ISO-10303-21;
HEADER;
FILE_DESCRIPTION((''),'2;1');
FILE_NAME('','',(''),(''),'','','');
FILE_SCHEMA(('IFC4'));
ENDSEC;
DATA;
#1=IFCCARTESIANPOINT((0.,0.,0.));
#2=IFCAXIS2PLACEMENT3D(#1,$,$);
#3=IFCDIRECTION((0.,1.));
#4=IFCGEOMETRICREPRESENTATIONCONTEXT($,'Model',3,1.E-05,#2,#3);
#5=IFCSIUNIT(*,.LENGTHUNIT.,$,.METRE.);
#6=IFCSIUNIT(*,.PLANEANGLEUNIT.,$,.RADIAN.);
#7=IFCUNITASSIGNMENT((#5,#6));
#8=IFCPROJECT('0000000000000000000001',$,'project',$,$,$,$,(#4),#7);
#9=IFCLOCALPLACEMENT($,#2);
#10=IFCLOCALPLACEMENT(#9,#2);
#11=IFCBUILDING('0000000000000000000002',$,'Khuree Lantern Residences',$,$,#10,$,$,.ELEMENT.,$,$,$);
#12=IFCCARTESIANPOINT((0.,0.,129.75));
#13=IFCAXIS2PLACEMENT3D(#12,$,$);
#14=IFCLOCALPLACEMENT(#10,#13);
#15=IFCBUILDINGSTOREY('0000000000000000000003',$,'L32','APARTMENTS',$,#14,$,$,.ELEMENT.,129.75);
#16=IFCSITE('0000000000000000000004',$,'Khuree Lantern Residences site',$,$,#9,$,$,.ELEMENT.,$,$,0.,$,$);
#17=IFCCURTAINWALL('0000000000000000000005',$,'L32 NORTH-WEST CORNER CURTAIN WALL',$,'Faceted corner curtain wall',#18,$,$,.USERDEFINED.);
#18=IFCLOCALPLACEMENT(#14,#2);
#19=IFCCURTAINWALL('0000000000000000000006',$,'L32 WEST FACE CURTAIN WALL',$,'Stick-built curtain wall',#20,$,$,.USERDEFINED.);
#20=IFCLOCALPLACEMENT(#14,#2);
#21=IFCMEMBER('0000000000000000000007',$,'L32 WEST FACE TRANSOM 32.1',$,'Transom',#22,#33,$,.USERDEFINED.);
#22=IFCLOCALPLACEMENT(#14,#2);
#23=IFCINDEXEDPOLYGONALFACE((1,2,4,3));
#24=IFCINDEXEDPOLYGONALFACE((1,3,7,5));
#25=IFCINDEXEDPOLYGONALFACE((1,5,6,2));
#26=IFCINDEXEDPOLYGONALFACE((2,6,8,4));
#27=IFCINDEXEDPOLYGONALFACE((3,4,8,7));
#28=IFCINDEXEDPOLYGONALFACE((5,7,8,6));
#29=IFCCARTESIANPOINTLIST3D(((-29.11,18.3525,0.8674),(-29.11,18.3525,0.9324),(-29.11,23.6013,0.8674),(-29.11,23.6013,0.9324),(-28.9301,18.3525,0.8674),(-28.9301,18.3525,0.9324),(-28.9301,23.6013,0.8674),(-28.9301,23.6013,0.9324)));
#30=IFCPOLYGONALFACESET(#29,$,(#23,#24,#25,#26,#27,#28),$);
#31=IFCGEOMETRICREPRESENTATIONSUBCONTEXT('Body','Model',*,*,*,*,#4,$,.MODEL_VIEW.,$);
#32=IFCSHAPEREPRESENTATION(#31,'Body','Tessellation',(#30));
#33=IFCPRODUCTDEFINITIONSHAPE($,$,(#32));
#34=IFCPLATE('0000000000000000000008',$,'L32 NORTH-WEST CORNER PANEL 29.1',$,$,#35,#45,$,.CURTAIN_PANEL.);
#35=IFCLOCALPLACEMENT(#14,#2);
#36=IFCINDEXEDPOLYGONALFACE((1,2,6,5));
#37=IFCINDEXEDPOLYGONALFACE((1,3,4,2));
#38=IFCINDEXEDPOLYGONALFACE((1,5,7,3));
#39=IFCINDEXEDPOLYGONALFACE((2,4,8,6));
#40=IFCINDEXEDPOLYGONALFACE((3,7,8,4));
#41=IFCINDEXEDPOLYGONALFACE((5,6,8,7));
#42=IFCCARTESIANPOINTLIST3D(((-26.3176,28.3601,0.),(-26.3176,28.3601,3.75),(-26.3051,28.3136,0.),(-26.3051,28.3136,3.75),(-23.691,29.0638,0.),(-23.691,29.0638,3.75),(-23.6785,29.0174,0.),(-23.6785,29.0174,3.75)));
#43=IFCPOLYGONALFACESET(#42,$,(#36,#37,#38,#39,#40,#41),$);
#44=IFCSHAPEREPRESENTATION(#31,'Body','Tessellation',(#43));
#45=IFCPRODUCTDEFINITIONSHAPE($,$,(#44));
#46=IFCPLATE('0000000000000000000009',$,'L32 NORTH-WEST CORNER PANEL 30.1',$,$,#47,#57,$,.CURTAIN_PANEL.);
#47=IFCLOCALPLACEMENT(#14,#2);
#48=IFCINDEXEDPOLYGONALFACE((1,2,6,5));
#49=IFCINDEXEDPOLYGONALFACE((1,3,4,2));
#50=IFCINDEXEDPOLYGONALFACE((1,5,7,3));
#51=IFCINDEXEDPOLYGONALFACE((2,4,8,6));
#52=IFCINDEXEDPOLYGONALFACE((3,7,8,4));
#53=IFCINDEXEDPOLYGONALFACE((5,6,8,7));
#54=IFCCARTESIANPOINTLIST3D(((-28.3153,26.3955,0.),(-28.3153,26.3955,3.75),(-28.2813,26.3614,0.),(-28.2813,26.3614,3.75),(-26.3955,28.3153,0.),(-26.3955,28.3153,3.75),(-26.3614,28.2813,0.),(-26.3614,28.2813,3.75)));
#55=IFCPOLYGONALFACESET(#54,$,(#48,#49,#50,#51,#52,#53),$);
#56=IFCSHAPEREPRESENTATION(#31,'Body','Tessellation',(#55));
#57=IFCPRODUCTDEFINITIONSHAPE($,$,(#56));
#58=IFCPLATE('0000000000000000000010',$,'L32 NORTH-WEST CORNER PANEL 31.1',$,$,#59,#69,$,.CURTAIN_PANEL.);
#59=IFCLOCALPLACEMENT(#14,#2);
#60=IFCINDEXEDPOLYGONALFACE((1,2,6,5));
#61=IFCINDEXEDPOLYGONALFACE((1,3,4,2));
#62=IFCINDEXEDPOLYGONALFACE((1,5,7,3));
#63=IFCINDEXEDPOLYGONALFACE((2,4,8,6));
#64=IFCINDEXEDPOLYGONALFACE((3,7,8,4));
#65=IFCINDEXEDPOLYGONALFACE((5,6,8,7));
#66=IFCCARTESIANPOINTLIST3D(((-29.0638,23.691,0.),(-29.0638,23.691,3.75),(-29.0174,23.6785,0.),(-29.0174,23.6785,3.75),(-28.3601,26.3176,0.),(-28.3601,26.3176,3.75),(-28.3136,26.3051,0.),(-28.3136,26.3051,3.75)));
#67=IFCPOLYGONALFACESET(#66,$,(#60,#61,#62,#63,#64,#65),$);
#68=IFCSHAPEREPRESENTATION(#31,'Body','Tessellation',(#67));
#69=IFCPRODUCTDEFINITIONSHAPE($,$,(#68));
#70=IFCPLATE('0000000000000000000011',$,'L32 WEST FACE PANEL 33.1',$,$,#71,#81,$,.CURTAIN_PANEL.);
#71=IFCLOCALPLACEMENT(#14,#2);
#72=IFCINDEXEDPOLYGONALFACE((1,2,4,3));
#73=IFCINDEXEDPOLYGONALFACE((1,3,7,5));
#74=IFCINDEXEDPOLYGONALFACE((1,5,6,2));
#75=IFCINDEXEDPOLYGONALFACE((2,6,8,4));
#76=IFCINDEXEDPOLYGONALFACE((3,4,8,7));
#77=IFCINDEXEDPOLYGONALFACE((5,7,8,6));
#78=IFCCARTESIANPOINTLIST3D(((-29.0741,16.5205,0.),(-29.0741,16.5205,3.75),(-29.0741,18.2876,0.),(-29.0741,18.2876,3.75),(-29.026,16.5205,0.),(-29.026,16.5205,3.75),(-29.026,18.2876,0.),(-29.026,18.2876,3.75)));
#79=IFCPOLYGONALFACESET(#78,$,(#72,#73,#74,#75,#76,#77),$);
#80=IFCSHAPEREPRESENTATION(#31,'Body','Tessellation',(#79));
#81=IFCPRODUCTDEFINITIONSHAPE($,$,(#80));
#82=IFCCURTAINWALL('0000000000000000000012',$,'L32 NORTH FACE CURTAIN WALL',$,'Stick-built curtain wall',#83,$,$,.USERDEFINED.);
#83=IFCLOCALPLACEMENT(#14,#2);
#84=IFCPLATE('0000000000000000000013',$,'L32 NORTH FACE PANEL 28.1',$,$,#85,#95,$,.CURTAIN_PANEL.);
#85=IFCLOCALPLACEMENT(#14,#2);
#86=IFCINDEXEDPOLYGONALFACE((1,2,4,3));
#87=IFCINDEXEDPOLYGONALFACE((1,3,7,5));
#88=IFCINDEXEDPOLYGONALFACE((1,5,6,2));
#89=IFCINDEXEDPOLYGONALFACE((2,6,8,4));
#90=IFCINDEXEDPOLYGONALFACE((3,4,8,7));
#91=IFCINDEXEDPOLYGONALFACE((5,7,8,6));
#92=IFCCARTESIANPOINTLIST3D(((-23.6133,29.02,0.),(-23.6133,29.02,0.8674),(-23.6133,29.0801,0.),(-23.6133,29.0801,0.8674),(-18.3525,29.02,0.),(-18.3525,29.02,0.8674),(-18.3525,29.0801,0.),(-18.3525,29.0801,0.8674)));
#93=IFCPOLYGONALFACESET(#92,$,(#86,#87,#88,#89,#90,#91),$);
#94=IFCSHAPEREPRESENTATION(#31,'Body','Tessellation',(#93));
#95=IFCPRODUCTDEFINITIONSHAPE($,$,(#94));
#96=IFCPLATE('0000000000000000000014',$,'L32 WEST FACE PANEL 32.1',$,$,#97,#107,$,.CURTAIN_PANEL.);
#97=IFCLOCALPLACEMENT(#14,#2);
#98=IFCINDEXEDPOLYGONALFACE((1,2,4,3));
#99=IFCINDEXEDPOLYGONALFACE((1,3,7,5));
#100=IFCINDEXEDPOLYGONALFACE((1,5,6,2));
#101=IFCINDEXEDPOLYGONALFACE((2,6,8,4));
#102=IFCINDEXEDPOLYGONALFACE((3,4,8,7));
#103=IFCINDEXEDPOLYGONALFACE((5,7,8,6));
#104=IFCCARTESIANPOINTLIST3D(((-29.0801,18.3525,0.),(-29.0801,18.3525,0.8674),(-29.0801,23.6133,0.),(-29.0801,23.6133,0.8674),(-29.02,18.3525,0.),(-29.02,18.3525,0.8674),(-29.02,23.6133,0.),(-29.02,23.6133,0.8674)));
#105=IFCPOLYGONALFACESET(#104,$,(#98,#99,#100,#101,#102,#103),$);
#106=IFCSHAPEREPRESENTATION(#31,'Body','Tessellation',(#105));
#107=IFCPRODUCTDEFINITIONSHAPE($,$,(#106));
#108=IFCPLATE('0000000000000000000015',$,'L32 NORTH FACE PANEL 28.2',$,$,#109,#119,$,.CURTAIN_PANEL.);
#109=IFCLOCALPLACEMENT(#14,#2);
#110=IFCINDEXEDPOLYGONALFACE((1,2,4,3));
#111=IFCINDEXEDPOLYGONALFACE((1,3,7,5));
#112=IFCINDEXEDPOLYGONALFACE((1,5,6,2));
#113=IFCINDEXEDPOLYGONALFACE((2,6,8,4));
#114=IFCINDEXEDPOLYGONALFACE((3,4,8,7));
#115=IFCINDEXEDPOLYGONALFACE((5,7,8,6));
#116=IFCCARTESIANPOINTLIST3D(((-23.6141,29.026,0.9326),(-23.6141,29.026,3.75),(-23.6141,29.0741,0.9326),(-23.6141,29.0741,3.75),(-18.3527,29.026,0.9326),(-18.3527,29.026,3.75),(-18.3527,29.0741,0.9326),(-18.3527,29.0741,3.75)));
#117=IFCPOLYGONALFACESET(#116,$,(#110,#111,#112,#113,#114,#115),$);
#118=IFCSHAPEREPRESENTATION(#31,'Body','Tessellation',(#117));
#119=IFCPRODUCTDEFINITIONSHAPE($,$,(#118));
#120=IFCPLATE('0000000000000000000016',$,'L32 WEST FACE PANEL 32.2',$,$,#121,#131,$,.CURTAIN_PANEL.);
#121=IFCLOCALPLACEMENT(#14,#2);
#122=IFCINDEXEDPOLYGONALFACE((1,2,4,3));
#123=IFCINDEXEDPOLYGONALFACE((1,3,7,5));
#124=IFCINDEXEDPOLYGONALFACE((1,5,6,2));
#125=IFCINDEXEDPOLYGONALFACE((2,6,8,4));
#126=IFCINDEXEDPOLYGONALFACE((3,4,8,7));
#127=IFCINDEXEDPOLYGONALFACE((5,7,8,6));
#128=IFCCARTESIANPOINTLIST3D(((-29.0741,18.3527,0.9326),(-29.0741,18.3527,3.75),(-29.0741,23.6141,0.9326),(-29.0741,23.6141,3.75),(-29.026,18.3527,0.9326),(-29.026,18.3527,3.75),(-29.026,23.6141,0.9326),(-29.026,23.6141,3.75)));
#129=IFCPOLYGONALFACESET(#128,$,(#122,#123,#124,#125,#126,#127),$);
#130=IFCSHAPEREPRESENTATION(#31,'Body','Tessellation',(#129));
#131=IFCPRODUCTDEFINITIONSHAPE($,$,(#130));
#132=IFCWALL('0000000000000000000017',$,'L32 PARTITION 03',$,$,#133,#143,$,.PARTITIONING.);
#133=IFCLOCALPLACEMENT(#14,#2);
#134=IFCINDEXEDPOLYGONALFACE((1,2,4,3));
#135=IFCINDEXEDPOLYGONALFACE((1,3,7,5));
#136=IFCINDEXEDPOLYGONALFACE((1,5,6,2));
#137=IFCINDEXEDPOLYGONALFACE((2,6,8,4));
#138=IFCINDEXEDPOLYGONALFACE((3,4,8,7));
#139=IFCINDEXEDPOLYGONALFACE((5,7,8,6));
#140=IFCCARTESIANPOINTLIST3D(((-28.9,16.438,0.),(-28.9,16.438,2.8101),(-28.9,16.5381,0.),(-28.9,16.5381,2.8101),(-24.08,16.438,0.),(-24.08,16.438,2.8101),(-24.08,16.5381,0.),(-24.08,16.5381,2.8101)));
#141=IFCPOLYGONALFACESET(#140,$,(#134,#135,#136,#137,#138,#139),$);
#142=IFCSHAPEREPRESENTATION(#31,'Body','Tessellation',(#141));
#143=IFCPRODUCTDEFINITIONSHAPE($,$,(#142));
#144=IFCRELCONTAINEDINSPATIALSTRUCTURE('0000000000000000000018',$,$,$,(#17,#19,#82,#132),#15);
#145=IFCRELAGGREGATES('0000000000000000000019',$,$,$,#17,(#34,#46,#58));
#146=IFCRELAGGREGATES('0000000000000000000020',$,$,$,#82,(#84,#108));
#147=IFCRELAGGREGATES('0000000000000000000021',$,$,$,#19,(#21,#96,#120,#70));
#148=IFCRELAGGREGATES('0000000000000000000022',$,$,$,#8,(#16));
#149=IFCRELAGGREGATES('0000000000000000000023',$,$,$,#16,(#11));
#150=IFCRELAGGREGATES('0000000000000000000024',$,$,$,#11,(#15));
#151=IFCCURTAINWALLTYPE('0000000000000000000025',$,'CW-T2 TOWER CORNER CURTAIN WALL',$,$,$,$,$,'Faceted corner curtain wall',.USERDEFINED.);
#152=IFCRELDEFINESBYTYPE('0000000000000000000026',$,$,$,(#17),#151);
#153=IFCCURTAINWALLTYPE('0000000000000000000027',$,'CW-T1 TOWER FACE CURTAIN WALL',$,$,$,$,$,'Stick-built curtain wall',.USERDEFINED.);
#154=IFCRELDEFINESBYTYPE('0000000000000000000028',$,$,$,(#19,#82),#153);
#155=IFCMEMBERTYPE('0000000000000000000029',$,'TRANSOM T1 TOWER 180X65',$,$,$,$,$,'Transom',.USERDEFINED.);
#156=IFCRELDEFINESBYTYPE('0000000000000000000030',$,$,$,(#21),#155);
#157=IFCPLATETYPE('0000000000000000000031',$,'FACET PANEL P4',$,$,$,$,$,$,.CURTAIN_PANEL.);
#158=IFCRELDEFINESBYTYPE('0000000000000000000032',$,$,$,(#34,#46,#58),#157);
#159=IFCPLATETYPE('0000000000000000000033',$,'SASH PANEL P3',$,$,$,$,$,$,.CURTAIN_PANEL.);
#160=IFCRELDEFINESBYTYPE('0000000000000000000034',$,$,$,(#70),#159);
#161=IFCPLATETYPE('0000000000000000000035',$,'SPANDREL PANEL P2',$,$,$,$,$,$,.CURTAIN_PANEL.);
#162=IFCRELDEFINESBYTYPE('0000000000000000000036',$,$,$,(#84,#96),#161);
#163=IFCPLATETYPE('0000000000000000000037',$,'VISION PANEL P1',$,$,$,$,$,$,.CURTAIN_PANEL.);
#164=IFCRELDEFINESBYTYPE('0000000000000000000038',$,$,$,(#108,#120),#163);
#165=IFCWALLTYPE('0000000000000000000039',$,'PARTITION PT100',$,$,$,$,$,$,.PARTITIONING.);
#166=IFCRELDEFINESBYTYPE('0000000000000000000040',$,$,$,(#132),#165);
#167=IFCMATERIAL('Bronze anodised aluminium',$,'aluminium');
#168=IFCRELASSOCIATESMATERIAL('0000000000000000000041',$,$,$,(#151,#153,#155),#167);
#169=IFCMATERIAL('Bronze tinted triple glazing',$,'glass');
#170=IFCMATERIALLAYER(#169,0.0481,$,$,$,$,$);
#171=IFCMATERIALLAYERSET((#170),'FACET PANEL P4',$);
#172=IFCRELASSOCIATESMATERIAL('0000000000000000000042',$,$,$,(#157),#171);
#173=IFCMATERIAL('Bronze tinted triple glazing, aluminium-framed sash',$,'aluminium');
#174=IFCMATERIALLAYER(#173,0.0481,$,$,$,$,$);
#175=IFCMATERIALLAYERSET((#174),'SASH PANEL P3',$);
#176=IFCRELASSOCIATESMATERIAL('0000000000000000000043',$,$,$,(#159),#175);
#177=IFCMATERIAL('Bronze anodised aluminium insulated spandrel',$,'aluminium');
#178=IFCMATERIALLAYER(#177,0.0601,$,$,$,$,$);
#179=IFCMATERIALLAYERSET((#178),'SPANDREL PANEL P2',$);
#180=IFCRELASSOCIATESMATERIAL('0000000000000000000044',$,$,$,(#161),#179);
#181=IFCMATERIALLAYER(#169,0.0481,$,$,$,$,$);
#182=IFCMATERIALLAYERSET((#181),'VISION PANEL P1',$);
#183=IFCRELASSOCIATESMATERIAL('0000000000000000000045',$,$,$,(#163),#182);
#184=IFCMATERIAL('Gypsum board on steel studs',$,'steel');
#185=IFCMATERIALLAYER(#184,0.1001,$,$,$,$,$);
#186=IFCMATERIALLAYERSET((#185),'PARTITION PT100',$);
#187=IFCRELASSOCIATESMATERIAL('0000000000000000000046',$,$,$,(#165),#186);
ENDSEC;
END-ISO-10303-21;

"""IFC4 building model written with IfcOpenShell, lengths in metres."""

from ifc_helpers import new_model, si_unit, direction, frame, frame_2d, origin, origin_2d, place, context, subcontext, project, spatial, rectangle, extrude, material, layer, layer_set, material_profile, profile_set, type_object, element, aggregate, save


model = new_model("IFC4")

# Units and contexts
model_context = context("Model", 3, precision=1e-05, world=origin(), true_north=direction((0.0, 1.0)))
body_context = subcontext(model_context, "Body", "Model", "MODEL_VIEW")
ifc_project = project(units=[si_unit("LENGTHUNIT", "METRE"), si_unit("PLANEANGLEUNIT", "RADIAN")], contexts=[model_context])

# Site, building, storey
site_placement = place(None, origin())
site = spatial("IfcSite", under=ifc_project, at=site_placement, Name="Khuree Lantern Residences site", CompositionType="ELEMENT", RefElevation=0.0)
building_placement = place(site_placement, origin())
building = spatial("IfcBuilding", under=site, at=building_placement, Name="Khuree Lantern Residences", CompositionType="ELEMENT")
storey_placement = place(building_placement, frame((0.0, 0.0, 129.75)))
storey = spatial("IfcBuildingStorey", under=building, at=storey_placement, Name="L32", Description="APARTMENTS", CompositionType="ELEMENT", Elevation=129.75)

# Curtain walls
ifc_material_1 = material(Name="Bronze anodised aluminium", Category="aluminium")
curtain_wall_type_1 = type_object("IfcCurtainWallType", Name="CW-T2 TOWER CORNER CURTAIN WALL", ElementType="Faceted corner curtain wall", PredefinedType="USERDEFINED", material=ifc_material_1)
curtain_wall_1_placement = place(storey_placement, origin())
curtain_wall_1 = element("IfcCurtainWall", 1, at=curtain_wall_1_placement, inside=storey, type_object=curtain_wall_type_1, Name="L32 NORTH-WEST CORNER CURTAIN WALL", ObjectType="Faceted corner curtain wall", PredefinedType="USERDEFINED")
curtain_wall_type_2 = type_object("IfcCurtainWallType", Name="CW-T1 TOWER FACE CURTAIN WALL", ElementType="Stick-built curtain wall", PredefinedType="USERDEFINED", material=ifc_material_1)
curtain_wall_2_placement = place(storey_placement, origin())
curtain_wall_2 = element("IfcCurtainWall", 2, at=curtain_wall_2_placement, inside=storey, type_object=curtain_wall_type_2, Name="L32 WEST FACE CURTAIN WALL", ObjectType="Stick-built curtain wall", PredefinedType="USERDEFINED")

# Member
ifc_material_profile_1 = material_profile(ifc_material_1, rectangle(XDim=0.1799, YDim=0.0649, at=origin_2d()), Name="T1 180X65")
ifc_profile_set_1 = profile_set([ifc_material_profile_1], Name="Bronze anodised aluminium")
member_type_1 = type_object("IfcMemberType", Name="TRANSOM T1 TOWER 180X65", ElementType="Transom", PredefinedType="USERDEFINED", material=ifc_profile_set_1)
member_1_placement = place(storey_placement, frame((-29.02, 23.6013, 0.8999), z_axis=(0.0, -1.0, 0.0), x_axis=(1.0, 0.0, 0.0)))
member_1 = element("IfcMember", 3, at=member_1_placement, type_object=member_type_1, Name="L32 WEST FACE TRANSOM 32.1", ObjectType="Transom", PredefinedType="USERDEFINED", context=body_context, shape_type="SweptSolid", body=[
    extrude(rectangle(XDim=0.1799, YDim=0.0649, at=origin_2d()), origin(), (0.0, 0.0, 1.0), 5.2488),
])

# Plates
ifc_material_2 = material(Name="Bronze tinted triple glazing", Category="glass")
ifc_layer_1 = layer(ifc_material_2, 0.0481)
ifc_layer_set_1 = layer_set([ifc_layer_1], Name="FACET PANEL P4")
plate_type_1 = type_object("IfcPlateType", Name="FACET PANEL P4", PredefinedType="CURTAIN_PANEL", material=ifc_layer_set_1)
plate_1_placement = place(storey_placement, frame((-24.998, 28.6887, 0.0), z_axis=(0.0, 0.0, 1.0), x_axis=(-0.965926, -0.258819, 0.0)))
plate_1 = element("IfcPlate", 4, at=plate_1_placement, type_object=plate_type_1, Name="L32 NORTH-WEST CORNER PANEL 29.1", PredefinedType="CURTAIN_PANEL", context=body_context, shape_type="SweptSolid", body=[
    extrude(rectangle(XDim=2.7192, YDim=0.0481, at=origin_2d()), origin(), (0.0, 0.0, 1.0), 3.75),
])
plate_2_placement = place(storey_placement, frame((-27.3384, 27.3384, 0.0), z_axis=(0.0, 0.0, 1.0), x_axis=(-0.707107, -0.707107, 0.0)))
plate_2 = element("IfcPlate", 5, at=plate_2_placement, type_object=plate_type_1, Name="L32 NORTH-WEST CORNER PANEL 30.1", PredefinedType="CURTAIN_PANEL", context=body_context, shape_type="SweptSolid", body=[
    extrude(rectangle(XDim=2.7151, YDim=0.0481, at=origin_2d()), origin(), (0.0, 0.0, 1.0), 3.75),
])
plate_3_placement = place(storey_placement, frame((-28.6887, 24.998, 0.0), z_axis=(0.0, 0.0, 1.0), x_axis=(-0.258819, -0.965926, 0.0)))
plate_3 = element("IfcPlate", 6, at=plate_3_placement, type_object=plate_type_1, Name="L32 NORTH-WEST CORNER PANEL 31.1", PredefinedType="CURTAIN_PANEL", context=body_context, shape_type="SweptSolid", body=[
    extrude(rectangle(XDim=2.7192, YDim=0.0481, at=origin_2d()), origin(), (0.0, 0.0, 1.0), 3.75),
])
aggregate(curtain_wall_1, [plate_1, plate_2, plate_3])
ifc_material_3 = material(Name="Bronze tinted triple glazing, aluminium-framed sash", Category="aluminium")
ifc_layer_2 = layer(ifc_material_3, 0.0481)
ifc_layer_set_2 = layer_set([ifc_layer_2], Name="SASH PANEL P3")
plate_type_2 = type_object("IfcPlateType", Name="SASH PANEL P3", PredefinedType="CURTAIN_PANEL", material=ifc_layer_set_2)
plate_4_placement = place(storey_placement, frame((-29.05, 17.4041, 0.0), z_axis=(0.0, 0.0, 1.0), x_axis=(0.0, -1.0, 0.0)))
plate_4 = element("IfcPlate", 7, at=plate_4_placement, type_object=plate_type_2, Name="L32 WEST FACE PANEL 33.1", PredefinedType="CURTAIN_PANEL", context=body_context, shape_type="SweptSolid", body=[
    extrude(rectangle(XDim=1.7671, YDim=0.0481, at=origin_2d()), origin(), (0.0, 0.0, 1.0), 3.75),
])

# Curtain wall, plate
curtain_wall_3_placement = place(storey_placement, origin())
curtain_wall_3 = element("IfcCurtainWall", 8, at=curtain_wall_3_placement, inside=storey, type_object=curtain_wall_type_2, Name="L32 NORTH FACE CURTAIN WALL", ObjectType="Stick-built curtain wall", PredefinedType="USERDEFINED")
ifc_material_4 = material(Name="Bronze anodised aluminium insulated spandrel", Category="aluminium")
ifc_layer_3 = layer(ifc_material_4, 0.0601)
ifc_layer_set_3 = layer_set([ifc_layer_3], Name="SPANDREL PANEL P2")
plate_type_3 = type_object("IfcPlateType", Name="SPANDREL PANEL P2", PredefinedType="CURTAIN_PANEL", material=ifc_layer_set_3)
plate_5_placement = place(storey_placement, frame((-20.9829, 29.05, 0.0), z_axis=(0.0, 0.0, 1.0), x_axis=(-1.0, 0.0, 0.0)))
plate_5 = element("IfcPlate", 9, at=plate_5_placement, type_object=plate_type_3, Name="L32 NORTH FACE PANEL 28.1", PredefinedType="CURTAIN_PANEL", context=body_context, shape_type="SweptSolid", body=[
    extrude(rectangle(XDim=5.2607, YDim=0.0601, at=origin_2d()), origin(), (0.0, 0.0, 1.0), 0.8674),
])

# Plates
plate_6_placement = place(storey_placement, frame((-29.05, 20.9829, 0.0), z_axis=(0.0, 0.0, 1.0), x_axis=(0.0, -1.0, 0.0)))
plate_6 = element("IfcPlate", 10, at=plate_6_placement, type_object=plate_type_3, Name="L32 WEST FACE PANEL 32.1", PredefinedType="CURTAIN_PANEL", context=body_context, shape_type="SweptSolid", body=[
    extrude(rectangle(XDim=5.2607, YDim=0.0601, at=origin_2d()), origin(), (0.0, 0.0, 1.0), 0.8674),
])
ifc_layer_4 = layer(ifc_material_2, 0.0481)
ifc_layer_set_4 = layer_set([ifc_layer_4], Name="VISION PANEL P1")
plate_type_4 = type_object("IfcPlateType", Name="VISION PANEL P1", PredefinedType="CURTAIN_PANEL", material=ifc_layer_set_4)
plate_7_placement = place(storey_placement, frame((-20.9834, 29.05, 0.9326), z_axis=(0.0, 0.0, 1.0), x_axis=(-1.0, 0.0, 0.0)))
plate_7 = element("IfcPlate", 11, at=plate_7_placement, type_object=plate_type_4, Name="L32 NORTH FACE PANEL 28.2", PredefinedType="CURTAIN_PANEL", context=body_context, shape_type="SweptSolid", body=[
    extrude(rectangle(XDim=5.2615, YDim=0.0481, at=origin_2d()), origin(), (0.0, 0.0, 1.0), 2.8174),
])
aggregate(curtain_wall_3, [plate_5, plate_7])
plate_8_placement = place(storey_placement, frame((-29.05, 20.9834, 0.9326), z_axis=(0.0, 0.0, 1.0), x_axis=(0.0, -1.0, 0.0)))
plate_8 = element("IfcPlate", 12, at=plate_8_placement, type_object=plate_type_4, Name="L32 WEST FACE PANEL 32.2", PredefinedType="CURTAIN_PANEL", context=body_context, shape_type="SweptSolid", body=[
    extrude(rectangle(XDim=5.2615, YDim=0.0481, at=origin_2d()), origin(), (0.0, 0.0, 1.0), 2.8174),
])
aggregate(curtain_wall_2, [member_1, plate_6, plate_8, plate_4])

# Wall
ifc_material_5 = material(Name="Gypsum board on steel studs", Category="steel")
ifc_layer_5 = layer(ifc_material_5, 0.1001)
ifc_layer_set_5 = layer_set([ifc_layer_5], Name="PARTITION PT100")
wall_type = type_object("IfcWallType", Name="PARTITION PT100", PredefinedType="PARTITIONING", material=ifc_layer_set_5)
wall_placement = place(storey_placement, frame((-24.0798, 16.488, 0.0), z_axis=(0.0, 0.0, 1.0), x_axis=(-1.0, 0.0, 0.0)))
element("IfcWall", 13, at=wall_placement, inside=storey, type_object=wall_type, Name="L32 PARTITION 03", PredefinedType="PARTITIONING", context=body_context, shape_type="SweptSolid", body=[
    extrude(rectangle(XDim=4.8201, YDim=0.1001, at=frame_2d((2.4102, 0.0))), origin(), (0.0, 0.0, 1.0), 2.8101),
])

save(model, "model.ifc")
